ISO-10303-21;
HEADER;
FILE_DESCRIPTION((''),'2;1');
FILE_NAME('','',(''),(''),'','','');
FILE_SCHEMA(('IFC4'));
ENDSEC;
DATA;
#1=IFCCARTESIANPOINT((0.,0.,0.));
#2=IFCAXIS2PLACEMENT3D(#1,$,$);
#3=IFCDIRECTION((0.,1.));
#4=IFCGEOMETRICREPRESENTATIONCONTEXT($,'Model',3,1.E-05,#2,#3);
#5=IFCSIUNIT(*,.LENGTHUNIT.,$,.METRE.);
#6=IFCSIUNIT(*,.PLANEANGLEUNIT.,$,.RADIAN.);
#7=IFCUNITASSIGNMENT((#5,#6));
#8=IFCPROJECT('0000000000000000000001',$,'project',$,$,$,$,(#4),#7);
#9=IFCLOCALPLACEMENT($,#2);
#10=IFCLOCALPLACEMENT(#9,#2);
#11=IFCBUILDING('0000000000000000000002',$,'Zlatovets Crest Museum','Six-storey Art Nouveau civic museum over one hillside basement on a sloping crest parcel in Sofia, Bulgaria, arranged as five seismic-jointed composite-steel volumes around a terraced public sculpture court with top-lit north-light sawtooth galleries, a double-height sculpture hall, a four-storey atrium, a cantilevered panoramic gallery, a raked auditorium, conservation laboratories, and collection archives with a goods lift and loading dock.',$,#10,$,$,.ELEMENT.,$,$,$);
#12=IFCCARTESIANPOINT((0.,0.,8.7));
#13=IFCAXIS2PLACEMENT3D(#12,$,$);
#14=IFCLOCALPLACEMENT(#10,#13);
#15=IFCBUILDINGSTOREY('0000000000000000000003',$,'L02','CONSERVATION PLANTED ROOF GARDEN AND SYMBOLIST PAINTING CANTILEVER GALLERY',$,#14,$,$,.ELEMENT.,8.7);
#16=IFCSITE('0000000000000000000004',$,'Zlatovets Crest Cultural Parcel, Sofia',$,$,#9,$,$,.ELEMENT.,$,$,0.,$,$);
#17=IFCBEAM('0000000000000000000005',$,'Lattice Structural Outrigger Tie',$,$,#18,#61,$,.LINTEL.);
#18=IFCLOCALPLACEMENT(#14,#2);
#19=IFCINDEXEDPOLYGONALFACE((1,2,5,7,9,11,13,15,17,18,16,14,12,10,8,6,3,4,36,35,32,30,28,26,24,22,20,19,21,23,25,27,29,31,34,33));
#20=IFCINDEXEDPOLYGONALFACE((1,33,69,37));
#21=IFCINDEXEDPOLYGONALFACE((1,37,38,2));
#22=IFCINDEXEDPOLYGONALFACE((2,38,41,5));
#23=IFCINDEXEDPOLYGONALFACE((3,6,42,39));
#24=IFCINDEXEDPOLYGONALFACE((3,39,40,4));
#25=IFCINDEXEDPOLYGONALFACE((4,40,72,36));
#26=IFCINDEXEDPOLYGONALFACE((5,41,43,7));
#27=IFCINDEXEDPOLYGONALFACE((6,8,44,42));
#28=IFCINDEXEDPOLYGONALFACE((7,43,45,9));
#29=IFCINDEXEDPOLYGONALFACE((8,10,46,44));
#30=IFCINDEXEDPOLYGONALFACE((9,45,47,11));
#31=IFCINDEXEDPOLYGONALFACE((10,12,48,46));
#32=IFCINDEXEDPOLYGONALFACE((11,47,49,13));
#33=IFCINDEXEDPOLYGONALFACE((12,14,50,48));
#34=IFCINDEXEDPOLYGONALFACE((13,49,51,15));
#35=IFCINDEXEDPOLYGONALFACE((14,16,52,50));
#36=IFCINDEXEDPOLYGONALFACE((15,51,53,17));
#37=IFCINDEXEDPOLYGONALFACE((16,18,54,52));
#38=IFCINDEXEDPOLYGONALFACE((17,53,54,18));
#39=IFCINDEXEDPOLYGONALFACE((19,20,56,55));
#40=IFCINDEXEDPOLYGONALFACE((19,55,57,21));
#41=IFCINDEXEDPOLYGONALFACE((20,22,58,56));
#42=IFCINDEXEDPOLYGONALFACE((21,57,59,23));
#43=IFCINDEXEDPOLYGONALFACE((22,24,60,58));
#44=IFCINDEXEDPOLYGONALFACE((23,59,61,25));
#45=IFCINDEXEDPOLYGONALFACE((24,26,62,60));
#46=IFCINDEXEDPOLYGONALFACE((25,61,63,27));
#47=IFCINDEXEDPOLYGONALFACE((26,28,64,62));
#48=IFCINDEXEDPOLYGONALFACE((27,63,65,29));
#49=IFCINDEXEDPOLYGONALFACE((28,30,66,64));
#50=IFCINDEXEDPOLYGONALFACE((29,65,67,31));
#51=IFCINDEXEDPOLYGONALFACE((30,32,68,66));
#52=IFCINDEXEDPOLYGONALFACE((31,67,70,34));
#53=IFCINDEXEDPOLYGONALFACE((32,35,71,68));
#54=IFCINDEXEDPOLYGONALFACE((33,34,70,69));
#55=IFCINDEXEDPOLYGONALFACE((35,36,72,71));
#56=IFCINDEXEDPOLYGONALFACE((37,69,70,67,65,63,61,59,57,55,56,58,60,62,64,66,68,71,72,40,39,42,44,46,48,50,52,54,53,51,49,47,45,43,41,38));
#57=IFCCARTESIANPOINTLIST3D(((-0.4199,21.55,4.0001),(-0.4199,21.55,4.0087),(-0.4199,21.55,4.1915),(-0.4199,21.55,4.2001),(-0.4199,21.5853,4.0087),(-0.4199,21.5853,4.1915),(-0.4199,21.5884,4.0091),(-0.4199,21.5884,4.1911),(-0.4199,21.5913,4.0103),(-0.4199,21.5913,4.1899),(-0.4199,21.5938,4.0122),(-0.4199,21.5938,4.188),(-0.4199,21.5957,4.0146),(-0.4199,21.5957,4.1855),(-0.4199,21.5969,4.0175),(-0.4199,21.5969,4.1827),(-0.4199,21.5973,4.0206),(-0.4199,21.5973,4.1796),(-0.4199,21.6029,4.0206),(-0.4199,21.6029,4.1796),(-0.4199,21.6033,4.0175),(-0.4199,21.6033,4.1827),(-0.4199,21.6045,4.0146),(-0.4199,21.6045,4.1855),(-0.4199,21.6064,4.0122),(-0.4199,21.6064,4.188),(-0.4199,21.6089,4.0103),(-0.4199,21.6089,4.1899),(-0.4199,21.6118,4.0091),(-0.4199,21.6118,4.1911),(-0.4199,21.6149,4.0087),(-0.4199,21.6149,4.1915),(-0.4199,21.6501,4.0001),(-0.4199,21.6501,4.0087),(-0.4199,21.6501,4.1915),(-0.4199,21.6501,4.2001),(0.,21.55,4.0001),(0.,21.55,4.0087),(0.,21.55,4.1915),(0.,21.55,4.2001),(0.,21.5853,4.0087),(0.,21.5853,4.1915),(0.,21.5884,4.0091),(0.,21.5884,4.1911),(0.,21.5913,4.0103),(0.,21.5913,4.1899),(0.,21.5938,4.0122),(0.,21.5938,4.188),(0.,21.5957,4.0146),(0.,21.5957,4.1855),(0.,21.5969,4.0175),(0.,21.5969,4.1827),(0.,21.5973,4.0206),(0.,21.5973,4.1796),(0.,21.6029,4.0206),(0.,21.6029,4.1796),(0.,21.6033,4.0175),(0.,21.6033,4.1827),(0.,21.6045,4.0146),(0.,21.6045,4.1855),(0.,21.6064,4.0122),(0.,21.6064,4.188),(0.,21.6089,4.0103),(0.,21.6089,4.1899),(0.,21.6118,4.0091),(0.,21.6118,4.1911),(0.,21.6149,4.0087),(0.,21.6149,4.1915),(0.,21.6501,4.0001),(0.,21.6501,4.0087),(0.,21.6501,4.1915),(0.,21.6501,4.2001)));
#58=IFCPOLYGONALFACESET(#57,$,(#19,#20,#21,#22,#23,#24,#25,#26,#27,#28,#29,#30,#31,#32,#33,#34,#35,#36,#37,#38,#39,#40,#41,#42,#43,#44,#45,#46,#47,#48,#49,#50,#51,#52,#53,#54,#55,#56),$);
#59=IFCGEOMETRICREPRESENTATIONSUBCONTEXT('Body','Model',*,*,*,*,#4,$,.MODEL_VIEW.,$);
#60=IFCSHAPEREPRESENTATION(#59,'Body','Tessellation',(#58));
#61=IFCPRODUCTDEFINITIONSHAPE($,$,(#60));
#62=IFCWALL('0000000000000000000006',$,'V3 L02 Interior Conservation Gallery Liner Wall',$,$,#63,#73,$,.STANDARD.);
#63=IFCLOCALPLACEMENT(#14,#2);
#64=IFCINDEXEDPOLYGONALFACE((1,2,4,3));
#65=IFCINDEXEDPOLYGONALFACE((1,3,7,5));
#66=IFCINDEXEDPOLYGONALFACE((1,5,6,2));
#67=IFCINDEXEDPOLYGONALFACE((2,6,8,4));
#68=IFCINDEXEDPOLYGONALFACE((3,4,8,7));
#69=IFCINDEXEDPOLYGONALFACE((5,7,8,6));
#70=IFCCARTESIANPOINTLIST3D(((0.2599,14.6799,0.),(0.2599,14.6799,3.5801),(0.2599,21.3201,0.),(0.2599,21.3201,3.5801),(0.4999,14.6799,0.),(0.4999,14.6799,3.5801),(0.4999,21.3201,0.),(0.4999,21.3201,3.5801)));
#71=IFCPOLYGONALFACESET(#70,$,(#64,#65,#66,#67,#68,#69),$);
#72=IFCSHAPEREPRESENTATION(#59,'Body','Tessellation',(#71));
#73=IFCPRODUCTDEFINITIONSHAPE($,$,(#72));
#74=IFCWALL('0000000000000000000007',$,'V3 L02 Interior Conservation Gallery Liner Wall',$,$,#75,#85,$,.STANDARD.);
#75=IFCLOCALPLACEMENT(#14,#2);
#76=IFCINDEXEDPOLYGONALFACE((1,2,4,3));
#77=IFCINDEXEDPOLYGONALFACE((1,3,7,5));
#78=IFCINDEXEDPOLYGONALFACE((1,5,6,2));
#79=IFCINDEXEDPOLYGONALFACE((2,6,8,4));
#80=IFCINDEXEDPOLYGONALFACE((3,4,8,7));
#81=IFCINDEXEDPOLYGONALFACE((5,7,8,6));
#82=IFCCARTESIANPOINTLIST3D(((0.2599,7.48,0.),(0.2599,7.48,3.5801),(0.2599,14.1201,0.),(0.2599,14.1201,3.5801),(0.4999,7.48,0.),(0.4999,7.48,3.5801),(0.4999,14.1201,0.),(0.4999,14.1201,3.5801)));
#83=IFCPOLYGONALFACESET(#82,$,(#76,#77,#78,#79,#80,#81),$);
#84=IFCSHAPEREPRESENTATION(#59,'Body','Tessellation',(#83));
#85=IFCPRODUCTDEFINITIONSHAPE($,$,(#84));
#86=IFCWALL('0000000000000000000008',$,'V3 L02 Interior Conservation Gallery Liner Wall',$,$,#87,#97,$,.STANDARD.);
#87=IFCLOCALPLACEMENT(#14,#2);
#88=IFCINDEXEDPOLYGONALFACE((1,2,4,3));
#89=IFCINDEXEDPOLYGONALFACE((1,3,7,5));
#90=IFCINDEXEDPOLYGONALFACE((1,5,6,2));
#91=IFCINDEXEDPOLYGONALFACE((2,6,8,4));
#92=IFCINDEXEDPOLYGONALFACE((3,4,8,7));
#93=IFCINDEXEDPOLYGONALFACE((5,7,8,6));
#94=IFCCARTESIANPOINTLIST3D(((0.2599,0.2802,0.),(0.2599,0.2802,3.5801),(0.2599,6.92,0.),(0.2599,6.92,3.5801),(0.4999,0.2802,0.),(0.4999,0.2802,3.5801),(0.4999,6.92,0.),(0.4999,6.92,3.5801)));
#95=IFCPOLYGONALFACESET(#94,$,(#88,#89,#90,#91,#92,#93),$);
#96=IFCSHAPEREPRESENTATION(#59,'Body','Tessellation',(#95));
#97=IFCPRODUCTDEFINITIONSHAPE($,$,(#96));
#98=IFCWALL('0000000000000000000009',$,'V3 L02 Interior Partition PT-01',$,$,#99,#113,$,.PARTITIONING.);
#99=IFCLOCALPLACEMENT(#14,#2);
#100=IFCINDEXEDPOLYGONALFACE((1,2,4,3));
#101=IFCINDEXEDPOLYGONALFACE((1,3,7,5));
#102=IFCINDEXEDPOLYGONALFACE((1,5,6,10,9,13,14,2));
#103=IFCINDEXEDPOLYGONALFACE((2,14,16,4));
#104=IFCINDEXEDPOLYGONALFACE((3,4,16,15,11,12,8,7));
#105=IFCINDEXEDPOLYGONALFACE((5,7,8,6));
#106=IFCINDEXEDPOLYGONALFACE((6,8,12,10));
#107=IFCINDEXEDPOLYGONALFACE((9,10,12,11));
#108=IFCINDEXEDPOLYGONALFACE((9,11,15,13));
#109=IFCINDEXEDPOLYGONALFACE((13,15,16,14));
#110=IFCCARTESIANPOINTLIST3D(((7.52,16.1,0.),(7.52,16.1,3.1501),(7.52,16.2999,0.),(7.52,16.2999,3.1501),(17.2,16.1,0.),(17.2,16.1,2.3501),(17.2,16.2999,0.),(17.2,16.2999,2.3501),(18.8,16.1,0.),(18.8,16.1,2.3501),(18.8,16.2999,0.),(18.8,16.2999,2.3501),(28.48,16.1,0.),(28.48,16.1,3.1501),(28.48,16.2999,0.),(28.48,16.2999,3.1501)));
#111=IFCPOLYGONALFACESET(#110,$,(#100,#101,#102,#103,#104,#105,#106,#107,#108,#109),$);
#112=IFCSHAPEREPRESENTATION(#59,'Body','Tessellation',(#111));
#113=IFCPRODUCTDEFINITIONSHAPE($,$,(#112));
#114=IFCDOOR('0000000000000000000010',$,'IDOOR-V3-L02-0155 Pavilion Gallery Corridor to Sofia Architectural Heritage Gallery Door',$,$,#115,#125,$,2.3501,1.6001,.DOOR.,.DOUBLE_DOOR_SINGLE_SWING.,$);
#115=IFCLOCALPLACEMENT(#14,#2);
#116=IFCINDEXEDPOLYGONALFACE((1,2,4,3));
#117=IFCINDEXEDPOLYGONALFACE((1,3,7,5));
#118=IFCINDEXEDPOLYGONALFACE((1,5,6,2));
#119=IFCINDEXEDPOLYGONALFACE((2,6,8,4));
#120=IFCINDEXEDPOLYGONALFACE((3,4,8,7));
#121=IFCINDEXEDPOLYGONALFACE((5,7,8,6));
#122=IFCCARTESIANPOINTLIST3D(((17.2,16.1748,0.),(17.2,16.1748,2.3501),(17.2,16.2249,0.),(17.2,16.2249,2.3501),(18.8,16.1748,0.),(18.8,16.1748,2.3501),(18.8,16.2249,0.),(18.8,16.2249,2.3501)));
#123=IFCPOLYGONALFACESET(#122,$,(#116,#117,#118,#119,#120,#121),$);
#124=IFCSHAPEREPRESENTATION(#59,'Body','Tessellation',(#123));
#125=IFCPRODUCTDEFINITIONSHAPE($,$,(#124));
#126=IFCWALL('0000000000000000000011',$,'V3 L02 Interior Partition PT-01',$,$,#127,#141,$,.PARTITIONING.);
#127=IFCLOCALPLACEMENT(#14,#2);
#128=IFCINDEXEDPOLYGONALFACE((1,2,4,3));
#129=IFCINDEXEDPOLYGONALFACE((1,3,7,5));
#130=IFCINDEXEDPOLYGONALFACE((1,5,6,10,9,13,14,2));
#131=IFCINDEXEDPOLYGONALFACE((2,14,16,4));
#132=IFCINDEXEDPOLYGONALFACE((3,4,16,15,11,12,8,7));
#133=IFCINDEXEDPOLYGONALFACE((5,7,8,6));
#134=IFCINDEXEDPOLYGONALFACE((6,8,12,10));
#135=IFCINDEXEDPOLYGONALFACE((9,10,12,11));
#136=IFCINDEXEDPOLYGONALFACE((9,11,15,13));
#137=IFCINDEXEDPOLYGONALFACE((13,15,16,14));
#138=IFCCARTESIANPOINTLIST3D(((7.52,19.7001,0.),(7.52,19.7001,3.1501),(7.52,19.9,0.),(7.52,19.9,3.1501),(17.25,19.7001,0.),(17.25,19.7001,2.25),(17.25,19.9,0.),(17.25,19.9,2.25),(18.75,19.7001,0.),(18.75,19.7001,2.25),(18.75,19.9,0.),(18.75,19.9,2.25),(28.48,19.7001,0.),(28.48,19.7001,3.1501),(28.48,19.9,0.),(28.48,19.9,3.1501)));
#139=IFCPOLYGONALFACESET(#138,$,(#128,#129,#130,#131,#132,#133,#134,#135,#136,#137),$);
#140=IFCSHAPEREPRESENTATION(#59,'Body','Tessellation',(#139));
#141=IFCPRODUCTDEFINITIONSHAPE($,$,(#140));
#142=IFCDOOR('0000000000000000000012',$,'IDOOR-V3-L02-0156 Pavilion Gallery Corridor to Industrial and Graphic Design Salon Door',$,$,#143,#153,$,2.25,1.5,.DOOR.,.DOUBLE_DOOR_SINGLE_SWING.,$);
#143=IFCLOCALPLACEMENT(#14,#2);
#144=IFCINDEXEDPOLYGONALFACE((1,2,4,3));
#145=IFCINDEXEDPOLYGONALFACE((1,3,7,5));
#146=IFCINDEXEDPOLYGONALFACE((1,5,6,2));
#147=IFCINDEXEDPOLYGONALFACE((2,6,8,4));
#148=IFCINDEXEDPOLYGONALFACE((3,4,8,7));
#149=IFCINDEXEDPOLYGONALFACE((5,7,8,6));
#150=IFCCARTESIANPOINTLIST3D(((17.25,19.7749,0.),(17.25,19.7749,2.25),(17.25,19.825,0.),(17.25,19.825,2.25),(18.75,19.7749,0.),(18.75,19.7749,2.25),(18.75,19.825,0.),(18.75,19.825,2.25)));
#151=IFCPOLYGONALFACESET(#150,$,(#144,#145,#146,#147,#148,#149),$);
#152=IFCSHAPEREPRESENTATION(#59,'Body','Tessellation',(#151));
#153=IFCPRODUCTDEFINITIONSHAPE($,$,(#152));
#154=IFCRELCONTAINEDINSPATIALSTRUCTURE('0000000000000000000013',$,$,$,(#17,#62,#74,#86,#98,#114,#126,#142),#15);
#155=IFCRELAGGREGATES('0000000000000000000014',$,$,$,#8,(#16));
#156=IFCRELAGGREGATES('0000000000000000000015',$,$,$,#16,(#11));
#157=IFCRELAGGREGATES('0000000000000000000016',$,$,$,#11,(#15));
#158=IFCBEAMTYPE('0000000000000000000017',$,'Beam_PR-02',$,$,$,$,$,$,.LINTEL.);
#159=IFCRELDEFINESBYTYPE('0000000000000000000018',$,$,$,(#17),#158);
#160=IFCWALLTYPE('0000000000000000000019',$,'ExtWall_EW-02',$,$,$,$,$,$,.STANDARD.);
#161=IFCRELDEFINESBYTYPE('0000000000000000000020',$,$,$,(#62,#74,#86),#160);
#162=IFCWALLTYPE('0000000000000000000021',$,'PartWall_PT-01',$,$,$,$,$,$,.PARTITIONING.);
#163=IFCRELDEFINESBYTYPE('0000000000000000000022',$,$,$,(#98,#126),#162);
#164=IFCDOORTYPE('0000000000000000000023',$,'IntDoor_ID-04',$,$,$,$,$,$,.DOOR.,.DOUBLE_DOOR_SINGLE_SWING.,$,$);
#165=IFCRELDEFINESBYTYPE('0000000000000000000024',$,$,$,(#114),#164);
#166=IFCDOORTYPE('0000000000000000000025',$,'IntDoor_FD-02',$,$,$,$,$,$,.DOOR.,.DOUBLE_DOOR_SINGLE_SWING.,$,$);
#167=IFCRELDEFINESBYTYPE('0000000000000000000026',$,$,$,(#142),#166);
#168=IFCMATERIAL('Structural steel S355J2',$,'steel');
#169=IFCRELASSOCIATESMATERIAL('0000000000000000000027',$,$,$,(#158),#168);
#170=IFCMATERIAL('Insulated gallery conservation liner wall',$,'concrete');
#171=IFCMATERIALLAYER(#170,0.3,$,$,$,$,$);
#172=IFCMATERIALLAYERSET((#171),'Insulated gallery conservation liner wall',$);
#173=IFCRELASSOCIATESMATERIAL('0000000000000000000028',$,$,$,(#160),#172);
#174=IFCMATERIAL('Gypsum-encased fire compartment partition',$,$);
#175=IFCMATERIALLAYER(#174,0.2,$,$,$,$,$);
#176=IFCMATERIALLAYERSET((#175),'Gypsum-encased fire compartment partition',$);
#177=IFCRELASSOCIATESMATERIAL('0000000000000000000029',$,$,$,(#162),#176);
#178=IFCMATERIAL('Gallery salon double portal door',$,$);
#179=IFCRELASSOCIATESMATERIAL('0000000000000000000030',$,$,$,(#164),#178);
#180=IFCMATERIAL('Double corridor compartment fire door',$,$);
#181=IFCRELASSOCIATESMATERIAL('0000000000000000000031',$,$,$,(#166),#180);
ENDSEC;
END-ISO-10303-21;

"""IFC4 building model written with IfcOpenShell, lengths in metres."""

from ifc_helpers import new_model, si_unit, direction, frame, frame_2d, origin, origin_2d, place, context, subcontext, project, spatial, rectangle, i_section, extrude, material, layer, layer_set, material_profile, profile_set, type_object, element, fill, save


model = new_model("IFC4")

# Units and contexts
model_context = context("Model", 3, precision=1e-05, world=origin(), true_north=direction((0.0, 1.0)))
body_context = subcontext(model_context, "Body", "Model", "MODEL_VIEW")
ifc_project = project(units=[si_unit("LENGTHUNIT", "METRE"), si_unit("PLANEANGLEUNIT", "RADIAN")], contexts=[model_context])

# Site, building, storey
site_placement = place(None, origin())
site = spatial("IfcSite", under=ifc_project, at=site_placement, Name="Zlatovets Crest Cultural Parcel, Sofia", CompositionType="ELEMENT", RefElevation=0.0)
building_placement = place(site_placement, origin())
building = spatial("IfcBuilding", under=site, at=building_placement, Name="Zlatovets Crest Museum", Description="Six-storey Art Nouveau civic museum over one hillside basement on a sloping crest parcel in Sofia, Bulgaria, arranged as five seismic-jointed composite-steel volumes around a terraced public sculpture court with top-lit north-light sawtooth galleries, a double-height sculpture hall, a four-storey atrium, a cantilevered panoramic gallery, a raked auditorium, conservation laboratories, and collection archives with a goods lift and loading dock.", CompositionType="ELEMENT")
storey_placement = place(building_placement, frame((0.0, 0.0, 8.7)))
storey = spatial("IfcBuildingStorey", under=building, at=storey_placement, Name="L02", Description="CONSERVATION PLANTED ROOF GARDEN AND SYMBOLIST PAINTING CANTILEVER GALLERY", CompositionType="ELEMENT", Elevation=8.7)

# Shared definitions
ifc_material_1 = material(Name="Structural steel S355J2", Category="steel")

# Beam
ifc_material_profile_1 = material_profile(ifc_material_1, i_section(OverallWidth=0.1001, OverallDepth=0.2, WebThickness=0.0056, FlangeThickness=0.0085, FilletRadius=0.012, at=origin_2d()), Name="IPE 200")
ifc_profile_set_1 = profile_set([ifc_material_profile_1], Name="Structural steel S355J2")
beam_type_1 = type_object("IfcBeamType", Name="Beam_PR-02", PredefinedType="LINTEL", material=ifc_profile_set_1)
for number, where, z_axis, x_axis, name in (
    (1, (0.0, 21.6001, 4.1001), (-1.0, 0.0, 0.0), (0.0, -1.0, 0.0), "Lattice Structural Outrigger Tie"),
):
    element("IfcBeam", number, at=place(storey_placement, frame(where, z_axis=z_axis, x_axis=x_axis)), inside=storey, type_object=beam_type_1, Name=name, PredefinedType="LINTEL", context=body_context, shape_type="SweptSolid", body=[
        extrude(i_section(OverallWidth=0.1001, OverallDepth=0.2, WebThickness=0.0056, FlangeThickness=0.0085, FilletRadius=0.012, at=origin_2d()), origin(), (0.0, 0.0, 1.0), 0.4199),
    ])

# Walls
ifc_material_2 = material(Name="Insulated gallery conservation liner wall", Category="concrete")
ifc_layer_1 = layer(ifc_material_2, 0.3)
ifc_layer_set_1 = layer_set([ifc_layer_1], Name="Insulated gallery conservation liner wall")
wall_type_1 = type_object("IfcWallType", Name="ExtWall_EW-02", PredefinedType="STANDARD", material=ifc_layer_set_1)
for number, where, z_axis, x_axis, name in (
    (2, (0.3799, 21.3201, 0.0), (0.0, 0.0, 1.0), (0.0, -1.0, 0.0), "V3 L02 Interior Conservation Gallery Liner Wall"),
    (3, (0.3799, 14.1201, 0.0), (0.0, 0.0, 1.0), (0.0, -1.0, 0.0), "V3 L02 Interior Conservation Gallery Liner Wall"),
):
    element("IfcWall", number, at=place(storey_placement, frame(where, z_axis=z_axis, x_axis=x_axis)), inside=storey, type_object=wall_type_1, Name=name, PredefinedType="STANDARD", context=body_context, shape_type="SweptSolid", body=[
        extrude(rectangle(XDim=6.6401, YDim=0.24, at=frame_2d((3.3201, 0.0))), origin(), (0.0, 0.0, 1.0), 3.5801),
    ])
wall_1_placement = place(storey_placement, frame((0.3799, 6.9199, 0.0), z_axis=(0.0, 0.0, 1.0), x_axis=(0.0, -1.0, 0.0)))
element("IfcWall", 4, at=wall_1_placement, inside=storey, type_object=wall_type_1, Name="V3 L02 Interior Conservation Gallery Liner Wall", PredefinedType="STANDARD", context=body_context, shape_type="SweptSolid", body=[
    extrude(rectangle(XDim=6.6399, YDim=0.24, at=frame_2d((3.3198, 0.0))), origin(), (0.0, 0.0, 1.0), 3.5801),
])

# Walls, openings, doors
ifc_material_3 = material(Name="Gypsum-encased fire compartment partition")
ifc_layer_2 = layer(ifc_material_3, 0.2)
ifc_layer_set_2 = layer_set([ifc_layer_2], Name="Gypsum-encased fire compartment partition")
wall_type_2 = type_object("IfcWallType", Name="PartWall_PT-01", PredefinedType="PARTITIONING", material=ifc_layer_set_2)
wall_2_placement = place(storey_placement, frame((7.52, 16.2, 0.0), z_axis=(0.0, 0.0, 1.0), x_axis=(1.0, 0.0, 0.0)))
wall_2 = element("IfcWall", 5, at=wall_2_placement, inside=storey, type_object=wall_type_2, Name="V3 L02 Interior Partition PT-01", PredefinedType="PARTITIONING", context=body_context, shape_type="SweptSolid", body=[
    extrude(rectangle(XDim=20.96, YDim=0.2, at=frame_2d((10.48, 0.0))), origin(), (0.0, 0.0, 1.0), 3.1501),
])
opening_1_placement = place(wall_2_placement, frame((9.6799, 0.0, 0.0)))
opening_1 = element("IfcOpeningElement", 6, at=opening_1_placement, cuts=wall_2, PredefinedType="OPENING", context=body_context, shape_type="SweptSolid", body=[
    extrude(rectangle(XDim=1.6001, YDim=2.3501, at=frame_2d((0.8, 1.175))), frame((0.0, 0.1099, 0.0), z_axis=(0.0, -1.0, 0.0), x_axis=(1.0, 0.0, 0.0)), (0.0, 0.0, 1.0), 0.22),
])
ifc_material_4 = material(Name="Gallery salon double portal door")
door_type_1 = type_object("IfcDoorType", Name="IntDoor_ID-04", OperationType="DOUBLE_DOOR_SINGLE_SWING", PredefinedType="DOOR", material=ifc_material_4)
door_1_placement = place(opening_1_placement, origin())
door_1 = element("IfcDoor", 7, at=door_1_placement, inside=storey, type_object=door_type_1, Name="IDOOR-V3-L02-0155 Pavilion Gallery Corridor to Sofia Architectural Heritage Gallery Door", OperationType="DOUBLE_DOOR_SINGLE_SWING", OverallHeight=2.3501, OverallWidth=1.6001, PredefinedType="DOOR", context=body_context, shape_type="SweptSolid", body=[
    extrude(rectangle(XDim=1.6001, YDim=2.3501, at=frame_2d((0.8, 1.175))), frame((0.0, 0.0249, 0.0), z_axis=(0.0, -1.0, 0.0), x_axis=(1.0, 0.0, 0.0)), (0.0, 0.0, 1.0), 0.05),
])
fill(opening_1, door_1)
wall_3_placement = place(storey_placement, frame((7.52, 19.8, 0.0), z_axis=(0.0, 0.0, 1.0), x_axis=(1.0, 0.0, 0.0)))
wall_3 = element("IfcWall", 8, at=wall_3_placement, inside=storey, type_object=wall_type_2, Name="V3 L02 Interior Partition PT-01", PredefinedType="PARTITIONING", context=body_context, shape_type="SweptSolid", body=[
    extrude(rectangle(XDim=20.96, YDim=0.2, at=frame_2d((10.48, 0.0))), origin(), (0.0, 0.0, 1.0), 3.1501),
])
opening_2_placement = place(wall_3_placement, frame((9.73, 0.0, 0.0)))
opening_2 = element("IfcOpeningElement", 9, at=opening_2_placement, cuts=wall_3, PredefinedType="OPENING", context=body_context, shape_type="SweptSolid", body=[
    extrude(rectangle(XDim=1.5, YDim=2.25, at=frame_2d((0.75, 1.125))), frame((0.0, 0.1099, 0.0), z_axis=(0.0, -1.0, 0.0), x_axis=(1.0, 0.0, 0.0)), (0.0, 0.0, 1.0), 0.22),
])
ifc_material_5 = material(Name="Double corridor compartment fire door")
door_type_2 = type_object("IfcDoorType", Name="IntDoor_FD-02", OperationType="DOUBLE_DOOR_SINGLE_SWING", PredefinedType="DOOR", material=ifc_material_5)
door_2_placement = place(opening_2_placement, origin())
door_2 = element("IfcDoor", 10, at=door_2_placement, inside=storey, type_object=door_type_2, Name="IDOOR-V3-L02-0156 Pavilion Gallery Corridor to Industrial and Graphic Design Salon Door", OperationType="DOUBLE_DOOR_SINGLE_SWING", OverallHeight=2.25, OverallWidth=1.5, PredefinedType="DOOR", context=body_context, shape_type="SweptSolid", body=[
    extrude(rectangle(XDim=1.5, YDim=2.25, at=frame_2d((0.75, 1.125))), frame((0.0, 0.0249, 0.0), z_axis=(0.0, -1.0, 0.0), x_axis=(1.0, 0.0, 0.0)), (0.0, 0.0, 1.0), 0.05),
])
fill(opening_2, door_2)

save(model, "model.ifc")
